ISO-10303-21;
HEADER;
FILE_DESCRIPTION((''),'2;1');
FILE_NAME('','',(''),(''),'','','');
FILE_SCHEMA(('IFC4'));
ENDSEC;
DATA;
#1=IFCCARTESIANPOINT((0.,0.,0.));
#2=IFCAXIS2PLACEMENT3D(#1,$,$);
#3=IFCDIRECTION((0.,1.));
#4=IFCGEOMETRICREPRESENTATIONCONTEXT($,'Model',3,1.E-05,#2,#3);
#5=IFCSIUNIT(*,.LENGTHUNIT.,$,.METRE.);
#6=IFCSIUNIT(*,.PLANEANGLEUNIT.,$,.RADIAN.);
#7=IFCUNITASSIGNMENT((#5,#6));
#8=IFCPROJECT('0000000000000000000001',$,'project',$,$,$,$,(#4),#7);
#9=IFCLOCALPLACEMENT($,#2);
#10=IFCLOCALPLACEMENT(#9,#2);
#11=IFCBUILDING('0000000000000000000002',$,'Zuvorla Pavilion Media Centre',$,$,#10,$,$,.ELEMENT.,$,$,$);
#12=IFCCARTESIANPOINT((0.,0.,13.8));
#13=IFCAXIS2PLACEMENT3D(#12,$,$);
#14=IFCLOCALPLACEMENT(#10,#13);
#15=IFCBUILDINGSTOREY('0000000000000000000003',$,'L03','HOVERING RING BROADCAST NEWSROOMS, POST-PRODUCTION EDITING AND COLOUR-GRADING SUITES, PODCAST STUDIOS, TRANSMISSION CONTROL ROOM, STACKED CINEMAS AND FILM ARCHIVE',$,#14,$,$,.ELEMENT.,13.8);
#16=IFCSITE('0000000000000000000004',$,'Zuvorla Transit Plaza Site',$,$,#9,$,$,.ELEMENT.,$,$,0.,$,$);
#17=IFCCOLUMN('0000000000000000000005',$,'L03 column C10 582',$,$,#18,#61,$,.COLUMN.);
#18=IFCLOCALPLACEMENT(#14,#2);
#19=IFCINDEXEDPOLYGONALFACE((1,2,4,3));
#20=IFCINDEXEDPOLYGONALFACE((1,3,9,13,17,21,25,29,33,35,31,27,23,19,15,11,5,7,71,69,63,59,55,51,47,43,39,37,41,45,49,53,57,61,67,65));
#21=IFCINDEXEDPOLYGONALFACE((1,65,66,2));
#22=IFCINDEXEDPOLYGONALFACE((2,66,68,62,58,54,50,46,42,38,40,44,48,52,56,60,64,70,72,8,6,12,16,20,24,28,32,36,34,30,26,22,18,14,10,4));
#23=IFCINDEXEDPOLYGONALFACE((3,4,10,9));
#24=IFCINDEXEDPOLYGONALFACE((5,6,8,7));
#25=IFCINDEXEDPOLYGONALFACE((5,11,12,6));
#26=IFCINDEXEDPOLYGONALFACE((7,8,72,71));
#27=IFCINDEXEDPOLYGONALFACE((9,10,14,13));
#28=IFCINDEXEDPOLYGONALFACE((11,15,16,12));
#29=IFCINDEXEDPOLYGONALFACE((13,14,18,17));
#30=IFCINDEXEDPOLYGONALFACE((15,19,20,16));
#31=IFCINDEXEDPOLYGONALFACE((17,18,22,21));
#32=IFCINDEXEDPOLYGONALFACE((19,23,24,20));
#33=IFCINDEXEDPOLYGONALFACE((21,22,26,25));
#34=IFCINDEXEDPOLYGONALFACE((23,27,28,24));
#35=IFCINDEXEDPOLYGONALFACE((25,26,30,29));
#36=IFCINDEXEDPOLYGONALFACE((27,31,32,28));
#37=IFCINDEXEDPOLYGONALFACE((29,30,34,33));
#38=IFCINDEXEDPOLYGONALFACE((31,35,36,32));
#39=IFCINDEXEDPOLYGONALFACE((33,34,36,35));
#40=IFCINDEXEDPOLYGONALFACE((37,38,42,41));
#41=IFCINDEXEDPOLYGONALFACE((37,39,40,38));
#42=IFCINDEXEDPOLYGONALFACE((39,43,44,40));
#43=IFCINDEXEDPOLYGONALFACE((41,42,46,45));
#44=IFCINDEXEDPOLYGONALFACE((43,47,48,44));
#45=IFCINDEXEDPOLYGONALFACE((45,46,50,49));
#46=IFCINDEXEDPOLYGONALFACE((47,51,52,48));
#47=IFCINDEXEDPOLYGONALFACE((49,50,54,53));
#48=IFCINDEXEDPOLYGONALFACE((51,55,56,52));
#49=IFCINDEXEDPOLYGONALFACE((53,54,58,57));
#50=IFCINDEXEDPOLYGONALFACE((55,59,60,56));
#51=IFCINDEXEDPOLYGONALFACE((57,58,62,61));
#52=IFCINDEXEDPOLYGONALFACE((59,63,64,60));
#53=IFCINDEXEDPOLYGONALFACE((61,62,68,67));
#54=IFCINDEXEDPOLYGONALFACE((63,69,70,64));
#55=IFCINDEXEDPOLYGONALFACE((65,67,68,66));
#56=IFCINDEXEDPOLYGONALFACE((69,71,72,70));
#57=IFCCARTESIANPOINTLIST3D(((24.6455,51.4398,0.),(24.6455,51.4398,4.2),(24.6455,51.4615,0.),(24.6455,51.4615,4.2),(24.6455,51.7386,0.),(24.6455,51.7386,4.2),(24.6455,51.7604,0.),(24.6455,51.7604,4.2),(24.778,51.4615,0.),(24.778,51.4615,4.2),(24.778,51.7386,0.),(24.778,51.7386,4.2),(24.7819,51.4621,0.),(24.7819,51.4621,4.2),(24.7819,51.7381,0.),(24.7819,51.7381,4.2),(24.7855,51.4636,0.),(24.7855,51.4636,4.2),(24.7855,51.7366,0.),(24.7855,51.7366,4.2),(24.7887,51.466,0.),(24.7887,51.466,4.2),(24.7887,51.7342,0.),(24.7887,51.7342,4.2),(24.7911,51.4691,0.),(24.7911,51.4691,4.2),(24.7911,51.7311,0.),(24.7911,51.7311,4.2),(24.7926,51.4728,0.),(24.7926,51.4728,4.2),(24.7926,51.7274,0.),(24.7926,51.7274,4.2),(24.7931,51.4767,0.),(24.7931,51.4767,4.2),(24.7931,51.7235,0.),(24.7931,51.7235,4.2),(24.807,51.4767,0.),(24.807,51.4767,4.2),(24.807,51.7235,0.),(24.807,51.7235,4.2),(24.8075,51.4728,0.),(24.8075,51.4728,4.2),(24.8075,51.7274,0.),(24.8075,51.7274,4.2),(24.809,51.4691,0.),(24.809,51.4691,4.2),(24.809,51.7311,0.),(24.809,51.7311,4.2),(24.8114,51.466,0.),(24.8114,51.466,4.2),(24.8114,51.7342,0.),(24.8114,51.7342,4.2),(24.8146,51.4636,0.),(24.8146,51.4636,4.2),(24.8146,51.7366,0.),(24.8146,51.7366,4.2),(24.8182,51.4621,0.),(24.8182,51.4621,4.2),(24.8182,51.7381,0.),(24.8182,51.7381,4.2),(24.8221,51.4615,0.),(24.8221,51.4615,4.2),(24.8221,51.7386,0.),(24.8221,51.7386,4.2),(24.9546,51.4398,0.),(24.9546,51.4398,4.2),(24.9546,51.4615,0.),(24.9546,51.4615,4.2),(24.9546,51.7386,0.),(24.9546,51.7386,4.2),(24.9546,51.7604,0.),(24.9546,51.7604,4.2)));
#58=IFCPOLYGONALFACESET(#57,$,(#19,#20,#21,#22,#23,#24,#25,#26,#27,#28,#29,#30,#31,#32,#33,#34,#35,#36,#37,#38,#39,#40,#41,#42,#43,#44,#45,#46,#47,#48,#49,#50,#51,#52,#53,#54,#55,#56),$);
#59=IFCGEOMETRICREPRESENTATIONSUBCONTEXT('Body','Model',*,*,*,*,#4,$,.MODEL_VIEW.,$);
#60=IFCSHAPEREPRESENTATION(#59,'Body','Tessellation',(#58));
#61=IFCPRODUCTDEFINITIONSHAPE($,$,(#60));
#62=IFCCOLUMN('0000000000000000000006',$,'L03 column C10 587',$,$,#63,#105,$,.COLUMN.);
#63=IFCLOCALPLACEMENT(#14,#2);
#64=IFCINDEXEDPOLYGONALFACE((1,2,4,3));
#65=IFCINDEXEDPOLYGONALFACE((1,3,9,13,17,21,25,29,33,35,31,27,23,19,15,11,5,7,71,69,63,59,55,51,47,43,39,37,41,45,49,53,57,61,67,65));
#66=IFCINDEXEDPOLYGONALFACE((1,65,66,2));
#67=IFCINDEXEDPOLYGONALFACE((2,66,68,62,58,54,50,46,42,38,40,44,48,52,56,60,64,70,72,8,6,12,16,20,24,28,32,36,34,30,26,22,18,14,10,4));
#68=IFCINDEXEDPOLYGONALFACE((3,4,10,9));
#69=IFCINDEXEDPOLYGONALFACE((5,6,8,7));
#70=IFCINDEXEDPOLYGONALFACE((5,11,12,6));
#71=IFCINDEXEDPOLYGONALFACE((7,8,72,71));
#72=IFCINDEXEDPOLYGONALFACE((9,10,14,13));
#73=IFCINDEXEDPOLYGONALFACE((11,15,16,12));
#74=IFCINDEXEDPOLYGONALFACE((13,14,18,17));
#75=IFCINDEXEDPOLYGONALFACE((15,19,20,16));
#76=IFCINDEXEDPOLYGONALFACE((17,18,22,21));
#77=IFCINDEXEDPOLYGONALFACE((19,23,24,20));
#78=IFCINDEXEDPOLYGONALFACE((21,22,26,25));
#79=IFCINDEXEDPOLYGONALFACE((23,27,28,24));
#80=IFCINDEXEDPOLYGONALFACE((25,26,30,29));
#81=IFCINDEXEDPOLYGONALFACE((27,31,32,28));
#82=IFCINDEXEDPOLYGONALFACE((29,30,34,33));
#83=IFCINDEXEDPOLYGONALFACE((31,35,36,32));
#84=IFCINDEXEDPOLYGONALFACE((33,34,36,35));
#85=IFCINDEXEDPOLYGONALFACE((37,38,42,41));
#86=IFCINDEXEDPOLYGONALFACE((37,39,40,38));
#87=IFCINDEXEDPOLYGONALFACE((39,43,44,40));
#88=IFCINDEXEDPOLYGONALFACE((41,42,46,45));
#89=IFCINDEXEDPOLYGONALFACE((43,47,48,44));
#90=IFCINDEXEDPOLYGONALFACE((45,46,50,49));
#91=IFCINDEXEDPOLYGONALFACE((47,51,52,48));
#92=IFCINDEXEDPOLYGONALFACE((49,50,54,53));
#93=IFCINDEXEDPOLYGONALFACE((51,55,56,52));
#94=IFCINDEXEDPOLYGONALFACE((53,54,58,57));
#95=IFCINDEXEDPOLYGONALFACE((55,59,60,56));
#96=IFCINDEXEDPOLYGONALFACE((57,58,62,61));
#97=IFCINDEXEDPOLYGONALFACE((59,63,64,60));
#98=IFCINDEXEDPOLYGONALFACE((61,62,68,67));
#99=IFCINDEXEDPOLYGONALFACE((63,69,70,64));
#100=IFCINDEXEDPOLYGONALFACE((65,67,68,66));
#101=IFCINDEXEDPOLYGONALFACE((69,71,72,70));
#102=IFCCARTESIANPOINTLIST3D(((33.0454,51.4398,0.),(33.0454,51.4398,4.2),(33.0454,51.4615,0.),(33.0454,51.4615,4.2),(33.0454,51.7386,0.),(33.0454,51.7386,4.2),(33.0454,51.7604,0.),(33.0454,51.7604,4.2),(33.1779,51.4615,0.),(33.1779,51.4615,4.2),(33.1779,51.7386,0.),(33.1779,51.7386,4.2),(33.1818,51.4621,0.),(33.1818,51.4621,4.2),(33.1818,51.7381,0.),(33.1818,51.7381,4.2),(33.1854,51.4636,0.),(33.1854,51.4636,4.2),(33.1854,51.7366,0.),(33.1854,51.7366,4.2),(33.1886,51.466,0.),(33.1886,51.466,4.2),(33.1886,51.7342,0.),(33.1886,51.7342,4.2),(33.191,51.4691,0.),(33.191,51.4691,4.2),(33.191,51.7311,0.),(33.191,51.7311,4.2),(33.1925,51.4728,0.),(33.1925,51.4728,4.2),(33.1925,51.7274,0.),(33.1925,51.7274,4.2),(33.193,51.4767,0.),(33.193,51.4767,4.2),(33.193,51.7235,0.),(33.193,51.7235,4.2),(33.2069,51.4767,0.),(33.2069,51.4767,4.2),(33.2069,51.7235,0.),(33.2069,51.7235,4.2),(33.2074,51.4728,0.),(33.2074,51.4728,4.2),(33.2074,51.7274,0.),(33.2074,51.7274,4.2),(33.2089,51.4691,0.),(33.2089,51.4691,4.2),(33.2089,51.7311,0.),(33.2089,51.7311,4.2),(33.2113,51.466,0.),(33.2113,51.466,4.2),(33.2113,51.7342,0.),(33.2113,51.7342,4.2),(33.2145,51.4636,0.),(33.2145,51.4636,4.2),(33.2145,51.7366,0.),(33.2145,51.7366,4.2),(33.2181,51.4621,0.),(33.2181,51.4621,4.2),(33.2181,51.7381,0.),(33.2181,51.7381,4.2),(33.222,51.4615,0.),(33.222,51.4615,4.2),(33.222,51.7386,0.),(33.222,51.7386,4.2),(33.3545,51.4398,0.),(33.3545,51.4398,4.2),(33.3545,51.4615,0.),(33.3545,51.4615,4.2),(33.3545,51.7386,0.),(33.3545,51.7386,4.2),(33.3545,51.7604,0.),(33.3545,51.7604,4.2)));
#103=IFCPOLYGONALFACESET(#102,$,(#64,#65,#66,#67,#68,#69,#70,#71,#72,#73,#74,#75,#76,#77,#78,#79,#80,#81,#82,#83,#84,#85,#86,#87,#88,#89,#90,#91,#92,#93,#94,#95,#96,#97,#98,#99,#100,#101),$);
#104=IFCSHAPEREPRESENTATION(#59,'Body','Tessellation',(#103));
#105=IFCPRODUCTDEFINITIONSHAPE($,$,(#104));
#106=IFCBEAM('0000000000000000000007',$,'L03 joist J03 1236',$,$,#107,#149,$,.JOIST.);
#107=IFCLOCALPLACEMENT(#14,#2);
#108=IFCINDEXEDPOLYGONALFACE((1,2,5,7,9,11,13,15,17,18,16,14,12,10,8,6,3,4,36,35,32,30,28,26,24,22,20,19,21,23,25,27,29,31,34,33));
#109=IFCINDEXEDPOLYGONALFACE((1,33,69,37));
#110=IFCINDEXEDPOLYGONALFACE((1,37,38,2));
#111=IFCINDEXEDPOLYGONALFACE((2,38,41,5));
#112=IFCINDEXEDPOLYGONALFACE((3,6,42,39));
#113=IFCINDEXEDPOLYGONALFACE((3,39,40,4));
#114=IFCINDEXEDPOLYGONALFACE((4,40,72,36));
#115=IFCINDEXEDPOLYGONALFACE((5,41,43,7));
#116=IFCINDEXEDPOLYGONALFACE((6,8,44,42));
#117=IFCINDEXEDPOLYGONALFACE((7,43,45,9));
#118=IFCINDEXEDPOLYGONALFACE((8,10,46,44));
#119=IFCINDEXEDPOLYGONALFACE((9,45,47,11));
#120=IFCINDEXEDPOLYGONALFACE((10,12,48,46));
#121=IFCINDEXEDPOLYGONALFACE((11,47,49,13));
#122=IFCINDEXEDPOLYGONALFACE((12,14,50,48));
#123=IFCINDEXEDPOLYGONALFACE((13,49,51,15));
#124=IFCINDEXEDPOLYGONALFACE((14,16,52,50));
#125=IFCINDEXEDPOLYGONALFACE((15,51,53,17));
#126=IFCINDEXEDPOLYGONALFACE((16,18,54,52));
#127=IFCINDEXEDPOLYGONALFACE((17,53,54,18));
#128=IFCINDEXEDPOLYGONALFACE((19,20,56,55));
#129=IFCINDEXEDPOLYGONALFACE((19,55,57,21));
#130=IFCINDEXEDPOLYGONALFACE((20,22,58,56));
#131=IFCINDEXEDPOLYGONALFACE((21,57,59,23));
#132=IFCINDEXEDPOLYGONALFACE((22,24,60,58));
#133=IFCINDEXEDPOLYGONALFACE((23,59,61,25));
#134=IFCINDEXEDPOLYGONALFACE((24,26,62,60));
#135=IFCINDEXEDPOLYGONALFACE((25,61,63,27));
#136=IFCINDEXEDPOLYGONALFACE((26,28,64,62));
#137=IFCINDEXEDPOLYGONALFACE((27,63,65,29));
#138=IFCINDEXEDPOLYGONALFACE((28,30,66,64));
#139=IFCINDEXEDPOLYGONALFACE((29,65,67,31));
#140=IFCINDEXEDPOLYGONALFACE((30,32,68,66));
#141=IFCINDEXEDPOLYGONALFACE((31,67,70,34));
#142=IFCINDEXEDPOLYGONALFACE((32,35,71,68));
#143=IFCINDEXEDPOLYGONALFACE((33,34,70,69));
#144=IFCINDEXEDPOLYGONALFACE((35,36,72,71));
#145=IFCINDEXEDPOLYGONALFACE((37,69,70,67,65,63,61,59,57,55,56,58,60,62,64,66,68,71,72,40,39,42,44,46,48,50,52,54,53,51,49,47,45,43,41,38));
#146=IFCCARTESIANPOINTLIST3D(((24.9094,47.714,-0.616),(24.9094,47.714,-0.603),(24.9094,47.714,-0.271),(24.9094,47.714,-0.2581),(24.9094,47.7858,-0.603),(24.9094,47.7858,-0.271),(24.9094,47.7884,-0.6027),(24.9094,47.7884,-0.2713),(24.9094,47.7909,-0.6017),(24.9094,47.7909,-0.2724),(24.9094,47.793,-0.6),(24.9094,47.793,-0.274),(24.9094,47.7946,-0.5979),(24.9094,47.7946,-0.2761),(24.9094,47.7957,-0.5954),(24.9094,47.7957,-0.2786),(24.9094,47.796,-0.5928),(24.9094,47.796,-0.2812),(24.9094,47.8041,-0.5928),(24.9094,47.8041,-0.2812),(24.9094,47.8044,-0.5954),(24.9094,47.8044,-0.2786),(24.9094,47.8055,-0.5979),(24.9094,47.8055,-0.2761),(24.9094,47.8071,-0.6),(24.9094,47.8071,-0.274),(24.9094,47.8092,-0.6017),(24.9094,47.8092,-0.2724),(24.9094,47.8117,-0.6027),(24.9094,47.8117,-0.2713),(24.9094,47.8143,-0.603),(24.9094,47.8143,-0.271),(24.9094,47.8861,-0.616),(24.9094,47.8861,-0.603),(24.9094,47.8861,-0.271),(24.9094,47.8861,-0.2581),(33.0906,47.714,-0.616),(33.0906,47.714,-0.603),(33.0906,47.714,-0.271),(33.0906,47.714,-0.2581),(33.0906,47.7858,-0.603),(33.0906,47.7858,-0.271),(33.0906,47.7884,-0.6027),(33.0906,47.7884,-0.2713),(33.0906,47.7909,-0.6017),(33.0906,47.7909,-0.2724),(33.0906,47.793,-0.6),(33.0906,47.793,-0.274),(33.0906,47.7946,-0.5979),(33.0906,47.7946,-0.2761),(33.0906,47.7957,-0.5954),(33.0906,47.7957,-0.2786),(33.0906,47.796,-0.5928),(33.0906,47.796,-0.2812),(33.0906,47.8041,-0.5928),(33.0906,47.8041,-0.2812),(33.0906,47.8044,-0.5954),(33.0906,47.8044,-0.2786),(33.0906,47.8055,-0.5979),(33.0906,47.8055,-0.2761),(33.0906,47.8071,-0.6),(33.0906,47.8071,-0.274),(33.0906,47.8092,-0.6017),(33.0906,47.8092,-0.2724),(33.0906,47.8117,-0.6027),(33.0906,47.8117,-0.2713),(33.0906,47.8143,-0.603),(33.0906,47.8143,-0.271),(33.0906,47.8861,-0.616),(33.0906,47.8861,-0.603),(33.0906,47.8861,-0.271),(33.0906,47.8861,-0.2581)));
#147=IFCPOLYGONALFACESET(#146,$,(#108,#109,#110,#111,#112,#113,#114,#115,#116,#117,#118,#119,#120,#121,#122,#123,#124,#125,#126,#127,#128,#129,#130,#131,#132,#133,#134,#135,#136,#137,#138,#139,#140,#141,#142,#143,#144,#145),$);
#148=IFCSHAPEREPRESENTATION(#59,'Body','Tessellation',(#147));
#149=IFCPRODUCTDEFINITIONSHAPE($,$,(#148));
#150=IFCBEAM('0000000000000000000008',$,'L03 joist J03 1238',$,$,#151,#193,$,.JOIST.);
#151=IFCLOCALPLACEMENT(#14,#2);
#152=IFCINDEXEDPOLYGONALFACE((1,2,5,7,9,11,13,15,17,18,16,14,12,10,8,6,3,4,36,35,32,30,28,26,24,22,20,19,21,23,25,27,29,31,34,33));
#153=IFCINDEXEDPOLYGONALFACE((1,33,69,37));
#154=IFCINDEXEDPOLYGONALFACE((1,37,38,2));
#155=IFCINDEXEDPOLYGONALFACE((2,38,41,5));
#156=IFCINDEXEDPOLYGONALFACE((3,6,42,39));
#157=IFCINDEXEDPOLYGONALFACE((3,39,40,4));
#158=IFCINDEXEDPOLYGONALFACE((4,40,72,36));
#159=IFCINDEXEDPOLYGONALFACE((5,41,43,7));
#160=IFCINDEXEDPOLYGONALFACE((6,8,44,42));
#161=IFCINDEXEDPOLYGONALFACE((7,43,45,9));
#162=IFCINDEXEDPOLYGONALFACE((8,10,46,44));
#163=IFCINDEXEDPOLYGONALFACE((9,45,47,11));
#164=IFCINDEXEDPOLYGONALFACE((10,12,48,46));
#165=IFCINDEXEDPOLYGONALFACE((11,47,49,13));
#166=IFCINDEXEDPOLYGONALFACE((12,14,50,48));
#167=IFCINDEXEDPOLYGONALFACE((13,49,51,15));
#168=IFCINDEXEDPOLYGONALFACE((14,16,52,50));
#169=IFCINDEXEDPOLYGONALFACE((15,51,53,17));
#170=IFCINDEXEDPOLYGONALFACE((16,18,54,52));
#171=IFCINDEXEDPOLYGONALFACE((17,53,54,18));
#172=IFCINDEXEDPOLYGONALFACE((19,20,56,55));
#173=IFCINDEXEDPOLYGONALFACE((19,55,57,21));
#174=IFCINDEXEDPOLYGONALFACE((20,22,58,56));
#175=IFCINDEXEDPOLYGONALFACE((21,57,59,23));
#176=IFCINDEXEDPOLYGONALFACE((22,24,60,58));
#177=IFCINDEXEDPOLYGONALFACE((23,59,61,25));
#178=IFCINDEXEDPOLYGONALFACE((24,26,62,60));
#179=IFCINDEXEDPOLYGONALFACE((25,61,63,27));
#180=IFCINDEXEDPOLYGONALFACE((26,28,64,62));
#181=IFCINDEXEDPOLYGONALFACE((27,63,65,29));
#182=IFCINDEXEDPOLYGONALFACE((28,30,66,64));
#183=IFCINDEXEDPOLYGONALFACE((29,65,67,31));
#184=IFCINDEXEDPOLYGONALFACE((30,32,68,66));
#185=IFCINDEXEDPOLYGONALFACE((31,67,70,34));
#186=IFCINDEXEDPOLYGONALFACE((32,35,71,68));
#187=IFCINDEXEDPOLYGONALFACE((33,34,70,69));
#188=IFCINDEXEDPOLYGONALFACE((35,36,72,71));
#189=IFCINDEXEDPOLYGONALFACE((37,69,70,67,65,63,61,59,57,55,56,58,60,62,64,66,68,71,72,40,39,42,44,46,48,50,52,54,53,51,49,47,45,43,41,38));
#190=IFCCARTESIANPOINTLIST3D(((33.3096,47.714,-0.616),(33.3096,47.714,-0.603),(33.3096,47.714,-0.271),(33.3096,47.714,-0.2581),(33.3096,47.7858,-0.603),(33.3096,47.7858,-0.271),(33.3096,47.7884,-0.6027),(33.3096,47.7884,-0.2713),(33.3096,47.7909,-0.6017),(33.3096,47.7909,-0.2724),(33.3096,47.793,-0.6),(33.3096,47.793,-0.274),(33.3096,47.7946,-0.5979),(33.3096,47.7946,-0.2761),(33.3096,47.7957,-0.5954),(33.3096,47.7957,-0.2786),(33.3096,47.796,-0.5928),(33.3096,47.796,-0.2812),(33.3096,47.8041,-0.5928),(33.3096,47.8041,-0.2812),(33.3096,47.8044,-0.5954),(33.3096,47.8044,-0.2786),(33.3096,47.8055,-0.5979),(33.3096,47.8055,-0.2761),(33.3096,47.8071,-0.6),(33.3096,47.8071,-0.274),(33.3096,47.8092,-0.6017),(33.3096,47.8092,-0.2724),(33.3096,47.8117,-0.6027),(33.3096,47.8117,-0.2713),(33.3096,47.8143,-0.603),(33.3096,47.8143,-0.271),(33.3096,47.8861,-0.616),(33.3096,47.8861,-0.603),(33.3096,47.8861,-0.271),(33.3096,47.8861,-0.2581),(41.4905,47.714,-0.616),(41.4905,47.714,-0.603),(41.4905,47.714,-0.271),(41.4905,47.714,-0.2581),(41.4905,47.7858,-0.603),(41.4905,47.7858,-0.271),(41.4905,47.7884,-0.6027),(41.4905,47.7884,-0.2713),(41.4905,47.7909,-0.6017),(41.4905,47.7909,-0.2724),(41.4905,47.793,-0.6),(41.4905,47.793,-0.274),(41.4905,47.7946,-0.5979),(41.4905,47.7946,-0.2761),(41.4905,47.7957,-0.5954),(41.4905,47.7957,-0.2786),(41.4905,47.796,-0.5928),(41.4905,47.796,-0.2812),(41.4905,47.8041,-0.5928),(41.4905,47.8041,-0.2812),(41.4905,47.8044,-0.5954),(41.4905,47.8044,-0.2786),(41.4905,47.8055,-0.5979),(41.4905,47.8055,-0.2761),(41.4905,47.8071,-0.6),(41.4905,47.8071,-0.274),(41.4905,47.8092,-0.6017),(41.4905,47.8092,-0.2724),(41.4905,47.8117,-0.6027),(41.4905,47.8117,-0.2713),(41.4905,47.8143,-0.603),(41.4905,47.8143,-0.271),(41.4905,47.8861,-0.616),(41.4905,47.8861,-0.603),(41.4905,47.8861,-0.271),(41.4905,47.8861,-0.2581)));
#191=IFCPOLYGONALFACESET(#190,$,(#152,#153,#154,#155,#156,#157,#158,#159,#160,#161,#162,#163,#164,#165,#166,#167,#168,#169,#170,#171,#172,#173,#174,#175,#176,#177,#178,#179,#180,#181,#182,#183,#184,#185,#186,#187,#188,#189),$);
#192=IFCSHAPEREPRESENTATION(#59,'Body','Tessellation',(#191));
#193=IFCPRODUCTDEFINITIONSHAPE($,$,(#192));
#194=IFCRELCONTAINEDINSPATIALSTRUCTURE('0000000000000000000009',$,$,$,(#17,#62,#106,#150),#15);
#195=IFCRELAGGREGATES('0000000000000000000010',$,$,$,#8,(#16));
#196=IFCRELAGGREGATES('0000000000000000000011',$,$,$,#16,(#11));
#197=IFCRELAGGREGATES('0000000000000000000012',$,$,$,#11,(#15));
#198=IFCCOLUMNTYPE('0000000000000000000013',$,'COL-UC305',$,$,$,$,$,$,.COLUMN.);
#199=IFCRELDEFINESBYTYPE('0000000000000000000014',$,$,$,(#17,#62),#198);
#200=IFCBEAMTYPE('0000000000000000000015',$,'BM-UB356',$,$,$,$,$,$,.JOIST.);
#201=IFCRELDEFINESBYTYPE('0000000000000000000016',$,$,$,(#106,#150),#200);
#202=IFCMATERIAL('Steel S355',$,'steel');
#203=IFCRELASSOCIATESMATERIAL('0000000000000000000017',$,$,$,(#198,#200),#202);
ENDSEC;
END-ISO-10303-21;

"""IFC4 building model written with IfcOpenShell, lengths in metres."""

from ifc_helpers import new_model, si_unit, direction, frame, origin, origin_2d, place, context, subcontext, project, spatial, i_section, extrude, material, material_profile, profile_set, type_object, element, save


model = new_model("IFC4")

# Units and contexts
model_context = context("Model", 3, precision=1e-05, world=origin(), true_north=direction((0.0, 1.0)))
body_context = subcontext(model_context, "Body", "Model", "MODEL_VIEW")
ifc_project = project(units=[si_unit("LENGTHUNIT", "METRE"), si_unit("PLANEANGLEUNIT", "RADIAN")], contexts=[model_context])

# Site, building, storey
site_placement = place(None, origin())
site = spatial("IfcSite", under=ifc_project, at=site_placement, Name="Zuvorla Transit Plaza Site", CompositionType="ELEMENT", RefElevation=0.0)
building_placement = place(site_placement, origin())
building = spatial("IfcBuilding", under=site, at=building_placement, Name="Zuvorla Pavilion Media Centre", CompositionType="ELEMENT")
storey_placement = place(building_placement, frame((0.0, 0.0, 13.8)))
storey = spatial("IfcBuildingStorey", under=building, at=storey_placement, Name="L03", Description="HOVERING RING BROADCAST NEWSROOMS, POST-PRODUCTION EDITING AND COLOUR-GRADING SUITES, PODCAST STUDIOS, TRANSMISSION CONTROL ROOM, STACKED CINEMAS AND FILM ARCHIVE", CompositionType="ELEMENT", Elevation=13.8)

# Columns
ifc_material_1 = material(Name="Steel S355", Category="steel")
ifc_material_profile_1 = material_profile(ifc_material_1, i_section(OverallWidth=0.3091, OverallDepth=0.3206, WebThickness=0.0139, FlangeThickness=0.0217, FilletRadius=0.0151, at=origin_2d()), Name="UC 305x305x137")
ifc_profile_set_1 = profile_set([ifc_material_profile_1], Name="Steel S355")
column_type = type_object("IfcColumnType", Name="COL-UC305", PredefinedType="COLUMN", material=ifc_profile_set_1)
for number, where, z_axis, x_axis, name in (
    (1, (24.8, 51.6001, 0.0), (0.0, 0.0, 1.0), (1.0, 0.0, 0.0), "L03 column C10 582"),
    (2, (33.2, 51.6001, 0.0), (0.0, 0.0, 1.0), (1.0, 0.0, 0.0), "L03 column C10 587"),
):
    element("IfcColumn", number, at=place(storey_placement, frame(where, z_axis=z_axis, x_axis=x_axis)), inside=storey, type_object=column_type, Name=name, PredefinedType="COLUMN", context=body_context, shape_type="SweptSolid", body=[
        extrude(i_section(OverallWidth=0.3091, OverallDepth=0.3206, WebThickness=0.0139, FlangeThickness=0.0217, FilletRadius=0.0151, at=origin_2d()), origin(), (0.0, 0.0, 1.0), 4.2),
    ])

# Beams
ifc_material_profile_2 = material_profile(ifc_material_1, i_section(OverallWidth=0.1721, OverallDepth=0.3579, WebThickness=0.0081, FlangeThickness=0.0129, FilletRadius=0.0103, at=origin_2d()), Name="UB 356x171x57")
ifc_profile_set_2 = profile_set([ifc_material_profile_2], Name="Steel S355")
beam_type_1 = type_object("IfcBeamType", Name="BM-UB356", PredefinedType="JOIST", material=ifc_profile_set_2)
beam_1_placement = place(storey_placement, frame((24.9094, 47.8, -0.437), z_axis=(1.0, 0.0, 0.0), x_axis=(0.0, 1.0, 0.0)))
element("IfcBeam", 3, at=beam_1_placement, inside=storey, type_object=beam_type_1, Name="L03 joist J03 1236", PredefinedType="JOIST", context=body_context, shape_type="SweptSolid", body=[
    extrude(i_section(OverallWidth=0.1721, OverallDepth=0.3579, WebThickness=0.0081, FlangeThickness=0.0129, FilletRadius=0.0103, at=origin_2d()), origin(), (0.0, 0.0, 1.0), 8.1812),
])
beam_2_placement = place(storey_placement, frame((33.3096, 47.8, -0.437), z_axis=(1.0, 0.0, 0.0), x_axis=(0.0, 1.0, 0.0)))
element("IfcBeam", 4, at=beam_2_placement, inside=storey, type_object=beam_type_1, Name="L03 joist J03 1238", PredefinedType="JOIST", context=body_context, shape_type="SweptSolid", body=[
    extrude(i_section(OverallWidth=0.1721, OverallDepth=0.3579, WebThickness=0.0081, FlangeThickness=0.0129, FilletRadius=0.0103, at=origin_2d()), origin(), (0.0, 0.0, 1.0), 8.1809),
])

save(model, "model.ifc")
